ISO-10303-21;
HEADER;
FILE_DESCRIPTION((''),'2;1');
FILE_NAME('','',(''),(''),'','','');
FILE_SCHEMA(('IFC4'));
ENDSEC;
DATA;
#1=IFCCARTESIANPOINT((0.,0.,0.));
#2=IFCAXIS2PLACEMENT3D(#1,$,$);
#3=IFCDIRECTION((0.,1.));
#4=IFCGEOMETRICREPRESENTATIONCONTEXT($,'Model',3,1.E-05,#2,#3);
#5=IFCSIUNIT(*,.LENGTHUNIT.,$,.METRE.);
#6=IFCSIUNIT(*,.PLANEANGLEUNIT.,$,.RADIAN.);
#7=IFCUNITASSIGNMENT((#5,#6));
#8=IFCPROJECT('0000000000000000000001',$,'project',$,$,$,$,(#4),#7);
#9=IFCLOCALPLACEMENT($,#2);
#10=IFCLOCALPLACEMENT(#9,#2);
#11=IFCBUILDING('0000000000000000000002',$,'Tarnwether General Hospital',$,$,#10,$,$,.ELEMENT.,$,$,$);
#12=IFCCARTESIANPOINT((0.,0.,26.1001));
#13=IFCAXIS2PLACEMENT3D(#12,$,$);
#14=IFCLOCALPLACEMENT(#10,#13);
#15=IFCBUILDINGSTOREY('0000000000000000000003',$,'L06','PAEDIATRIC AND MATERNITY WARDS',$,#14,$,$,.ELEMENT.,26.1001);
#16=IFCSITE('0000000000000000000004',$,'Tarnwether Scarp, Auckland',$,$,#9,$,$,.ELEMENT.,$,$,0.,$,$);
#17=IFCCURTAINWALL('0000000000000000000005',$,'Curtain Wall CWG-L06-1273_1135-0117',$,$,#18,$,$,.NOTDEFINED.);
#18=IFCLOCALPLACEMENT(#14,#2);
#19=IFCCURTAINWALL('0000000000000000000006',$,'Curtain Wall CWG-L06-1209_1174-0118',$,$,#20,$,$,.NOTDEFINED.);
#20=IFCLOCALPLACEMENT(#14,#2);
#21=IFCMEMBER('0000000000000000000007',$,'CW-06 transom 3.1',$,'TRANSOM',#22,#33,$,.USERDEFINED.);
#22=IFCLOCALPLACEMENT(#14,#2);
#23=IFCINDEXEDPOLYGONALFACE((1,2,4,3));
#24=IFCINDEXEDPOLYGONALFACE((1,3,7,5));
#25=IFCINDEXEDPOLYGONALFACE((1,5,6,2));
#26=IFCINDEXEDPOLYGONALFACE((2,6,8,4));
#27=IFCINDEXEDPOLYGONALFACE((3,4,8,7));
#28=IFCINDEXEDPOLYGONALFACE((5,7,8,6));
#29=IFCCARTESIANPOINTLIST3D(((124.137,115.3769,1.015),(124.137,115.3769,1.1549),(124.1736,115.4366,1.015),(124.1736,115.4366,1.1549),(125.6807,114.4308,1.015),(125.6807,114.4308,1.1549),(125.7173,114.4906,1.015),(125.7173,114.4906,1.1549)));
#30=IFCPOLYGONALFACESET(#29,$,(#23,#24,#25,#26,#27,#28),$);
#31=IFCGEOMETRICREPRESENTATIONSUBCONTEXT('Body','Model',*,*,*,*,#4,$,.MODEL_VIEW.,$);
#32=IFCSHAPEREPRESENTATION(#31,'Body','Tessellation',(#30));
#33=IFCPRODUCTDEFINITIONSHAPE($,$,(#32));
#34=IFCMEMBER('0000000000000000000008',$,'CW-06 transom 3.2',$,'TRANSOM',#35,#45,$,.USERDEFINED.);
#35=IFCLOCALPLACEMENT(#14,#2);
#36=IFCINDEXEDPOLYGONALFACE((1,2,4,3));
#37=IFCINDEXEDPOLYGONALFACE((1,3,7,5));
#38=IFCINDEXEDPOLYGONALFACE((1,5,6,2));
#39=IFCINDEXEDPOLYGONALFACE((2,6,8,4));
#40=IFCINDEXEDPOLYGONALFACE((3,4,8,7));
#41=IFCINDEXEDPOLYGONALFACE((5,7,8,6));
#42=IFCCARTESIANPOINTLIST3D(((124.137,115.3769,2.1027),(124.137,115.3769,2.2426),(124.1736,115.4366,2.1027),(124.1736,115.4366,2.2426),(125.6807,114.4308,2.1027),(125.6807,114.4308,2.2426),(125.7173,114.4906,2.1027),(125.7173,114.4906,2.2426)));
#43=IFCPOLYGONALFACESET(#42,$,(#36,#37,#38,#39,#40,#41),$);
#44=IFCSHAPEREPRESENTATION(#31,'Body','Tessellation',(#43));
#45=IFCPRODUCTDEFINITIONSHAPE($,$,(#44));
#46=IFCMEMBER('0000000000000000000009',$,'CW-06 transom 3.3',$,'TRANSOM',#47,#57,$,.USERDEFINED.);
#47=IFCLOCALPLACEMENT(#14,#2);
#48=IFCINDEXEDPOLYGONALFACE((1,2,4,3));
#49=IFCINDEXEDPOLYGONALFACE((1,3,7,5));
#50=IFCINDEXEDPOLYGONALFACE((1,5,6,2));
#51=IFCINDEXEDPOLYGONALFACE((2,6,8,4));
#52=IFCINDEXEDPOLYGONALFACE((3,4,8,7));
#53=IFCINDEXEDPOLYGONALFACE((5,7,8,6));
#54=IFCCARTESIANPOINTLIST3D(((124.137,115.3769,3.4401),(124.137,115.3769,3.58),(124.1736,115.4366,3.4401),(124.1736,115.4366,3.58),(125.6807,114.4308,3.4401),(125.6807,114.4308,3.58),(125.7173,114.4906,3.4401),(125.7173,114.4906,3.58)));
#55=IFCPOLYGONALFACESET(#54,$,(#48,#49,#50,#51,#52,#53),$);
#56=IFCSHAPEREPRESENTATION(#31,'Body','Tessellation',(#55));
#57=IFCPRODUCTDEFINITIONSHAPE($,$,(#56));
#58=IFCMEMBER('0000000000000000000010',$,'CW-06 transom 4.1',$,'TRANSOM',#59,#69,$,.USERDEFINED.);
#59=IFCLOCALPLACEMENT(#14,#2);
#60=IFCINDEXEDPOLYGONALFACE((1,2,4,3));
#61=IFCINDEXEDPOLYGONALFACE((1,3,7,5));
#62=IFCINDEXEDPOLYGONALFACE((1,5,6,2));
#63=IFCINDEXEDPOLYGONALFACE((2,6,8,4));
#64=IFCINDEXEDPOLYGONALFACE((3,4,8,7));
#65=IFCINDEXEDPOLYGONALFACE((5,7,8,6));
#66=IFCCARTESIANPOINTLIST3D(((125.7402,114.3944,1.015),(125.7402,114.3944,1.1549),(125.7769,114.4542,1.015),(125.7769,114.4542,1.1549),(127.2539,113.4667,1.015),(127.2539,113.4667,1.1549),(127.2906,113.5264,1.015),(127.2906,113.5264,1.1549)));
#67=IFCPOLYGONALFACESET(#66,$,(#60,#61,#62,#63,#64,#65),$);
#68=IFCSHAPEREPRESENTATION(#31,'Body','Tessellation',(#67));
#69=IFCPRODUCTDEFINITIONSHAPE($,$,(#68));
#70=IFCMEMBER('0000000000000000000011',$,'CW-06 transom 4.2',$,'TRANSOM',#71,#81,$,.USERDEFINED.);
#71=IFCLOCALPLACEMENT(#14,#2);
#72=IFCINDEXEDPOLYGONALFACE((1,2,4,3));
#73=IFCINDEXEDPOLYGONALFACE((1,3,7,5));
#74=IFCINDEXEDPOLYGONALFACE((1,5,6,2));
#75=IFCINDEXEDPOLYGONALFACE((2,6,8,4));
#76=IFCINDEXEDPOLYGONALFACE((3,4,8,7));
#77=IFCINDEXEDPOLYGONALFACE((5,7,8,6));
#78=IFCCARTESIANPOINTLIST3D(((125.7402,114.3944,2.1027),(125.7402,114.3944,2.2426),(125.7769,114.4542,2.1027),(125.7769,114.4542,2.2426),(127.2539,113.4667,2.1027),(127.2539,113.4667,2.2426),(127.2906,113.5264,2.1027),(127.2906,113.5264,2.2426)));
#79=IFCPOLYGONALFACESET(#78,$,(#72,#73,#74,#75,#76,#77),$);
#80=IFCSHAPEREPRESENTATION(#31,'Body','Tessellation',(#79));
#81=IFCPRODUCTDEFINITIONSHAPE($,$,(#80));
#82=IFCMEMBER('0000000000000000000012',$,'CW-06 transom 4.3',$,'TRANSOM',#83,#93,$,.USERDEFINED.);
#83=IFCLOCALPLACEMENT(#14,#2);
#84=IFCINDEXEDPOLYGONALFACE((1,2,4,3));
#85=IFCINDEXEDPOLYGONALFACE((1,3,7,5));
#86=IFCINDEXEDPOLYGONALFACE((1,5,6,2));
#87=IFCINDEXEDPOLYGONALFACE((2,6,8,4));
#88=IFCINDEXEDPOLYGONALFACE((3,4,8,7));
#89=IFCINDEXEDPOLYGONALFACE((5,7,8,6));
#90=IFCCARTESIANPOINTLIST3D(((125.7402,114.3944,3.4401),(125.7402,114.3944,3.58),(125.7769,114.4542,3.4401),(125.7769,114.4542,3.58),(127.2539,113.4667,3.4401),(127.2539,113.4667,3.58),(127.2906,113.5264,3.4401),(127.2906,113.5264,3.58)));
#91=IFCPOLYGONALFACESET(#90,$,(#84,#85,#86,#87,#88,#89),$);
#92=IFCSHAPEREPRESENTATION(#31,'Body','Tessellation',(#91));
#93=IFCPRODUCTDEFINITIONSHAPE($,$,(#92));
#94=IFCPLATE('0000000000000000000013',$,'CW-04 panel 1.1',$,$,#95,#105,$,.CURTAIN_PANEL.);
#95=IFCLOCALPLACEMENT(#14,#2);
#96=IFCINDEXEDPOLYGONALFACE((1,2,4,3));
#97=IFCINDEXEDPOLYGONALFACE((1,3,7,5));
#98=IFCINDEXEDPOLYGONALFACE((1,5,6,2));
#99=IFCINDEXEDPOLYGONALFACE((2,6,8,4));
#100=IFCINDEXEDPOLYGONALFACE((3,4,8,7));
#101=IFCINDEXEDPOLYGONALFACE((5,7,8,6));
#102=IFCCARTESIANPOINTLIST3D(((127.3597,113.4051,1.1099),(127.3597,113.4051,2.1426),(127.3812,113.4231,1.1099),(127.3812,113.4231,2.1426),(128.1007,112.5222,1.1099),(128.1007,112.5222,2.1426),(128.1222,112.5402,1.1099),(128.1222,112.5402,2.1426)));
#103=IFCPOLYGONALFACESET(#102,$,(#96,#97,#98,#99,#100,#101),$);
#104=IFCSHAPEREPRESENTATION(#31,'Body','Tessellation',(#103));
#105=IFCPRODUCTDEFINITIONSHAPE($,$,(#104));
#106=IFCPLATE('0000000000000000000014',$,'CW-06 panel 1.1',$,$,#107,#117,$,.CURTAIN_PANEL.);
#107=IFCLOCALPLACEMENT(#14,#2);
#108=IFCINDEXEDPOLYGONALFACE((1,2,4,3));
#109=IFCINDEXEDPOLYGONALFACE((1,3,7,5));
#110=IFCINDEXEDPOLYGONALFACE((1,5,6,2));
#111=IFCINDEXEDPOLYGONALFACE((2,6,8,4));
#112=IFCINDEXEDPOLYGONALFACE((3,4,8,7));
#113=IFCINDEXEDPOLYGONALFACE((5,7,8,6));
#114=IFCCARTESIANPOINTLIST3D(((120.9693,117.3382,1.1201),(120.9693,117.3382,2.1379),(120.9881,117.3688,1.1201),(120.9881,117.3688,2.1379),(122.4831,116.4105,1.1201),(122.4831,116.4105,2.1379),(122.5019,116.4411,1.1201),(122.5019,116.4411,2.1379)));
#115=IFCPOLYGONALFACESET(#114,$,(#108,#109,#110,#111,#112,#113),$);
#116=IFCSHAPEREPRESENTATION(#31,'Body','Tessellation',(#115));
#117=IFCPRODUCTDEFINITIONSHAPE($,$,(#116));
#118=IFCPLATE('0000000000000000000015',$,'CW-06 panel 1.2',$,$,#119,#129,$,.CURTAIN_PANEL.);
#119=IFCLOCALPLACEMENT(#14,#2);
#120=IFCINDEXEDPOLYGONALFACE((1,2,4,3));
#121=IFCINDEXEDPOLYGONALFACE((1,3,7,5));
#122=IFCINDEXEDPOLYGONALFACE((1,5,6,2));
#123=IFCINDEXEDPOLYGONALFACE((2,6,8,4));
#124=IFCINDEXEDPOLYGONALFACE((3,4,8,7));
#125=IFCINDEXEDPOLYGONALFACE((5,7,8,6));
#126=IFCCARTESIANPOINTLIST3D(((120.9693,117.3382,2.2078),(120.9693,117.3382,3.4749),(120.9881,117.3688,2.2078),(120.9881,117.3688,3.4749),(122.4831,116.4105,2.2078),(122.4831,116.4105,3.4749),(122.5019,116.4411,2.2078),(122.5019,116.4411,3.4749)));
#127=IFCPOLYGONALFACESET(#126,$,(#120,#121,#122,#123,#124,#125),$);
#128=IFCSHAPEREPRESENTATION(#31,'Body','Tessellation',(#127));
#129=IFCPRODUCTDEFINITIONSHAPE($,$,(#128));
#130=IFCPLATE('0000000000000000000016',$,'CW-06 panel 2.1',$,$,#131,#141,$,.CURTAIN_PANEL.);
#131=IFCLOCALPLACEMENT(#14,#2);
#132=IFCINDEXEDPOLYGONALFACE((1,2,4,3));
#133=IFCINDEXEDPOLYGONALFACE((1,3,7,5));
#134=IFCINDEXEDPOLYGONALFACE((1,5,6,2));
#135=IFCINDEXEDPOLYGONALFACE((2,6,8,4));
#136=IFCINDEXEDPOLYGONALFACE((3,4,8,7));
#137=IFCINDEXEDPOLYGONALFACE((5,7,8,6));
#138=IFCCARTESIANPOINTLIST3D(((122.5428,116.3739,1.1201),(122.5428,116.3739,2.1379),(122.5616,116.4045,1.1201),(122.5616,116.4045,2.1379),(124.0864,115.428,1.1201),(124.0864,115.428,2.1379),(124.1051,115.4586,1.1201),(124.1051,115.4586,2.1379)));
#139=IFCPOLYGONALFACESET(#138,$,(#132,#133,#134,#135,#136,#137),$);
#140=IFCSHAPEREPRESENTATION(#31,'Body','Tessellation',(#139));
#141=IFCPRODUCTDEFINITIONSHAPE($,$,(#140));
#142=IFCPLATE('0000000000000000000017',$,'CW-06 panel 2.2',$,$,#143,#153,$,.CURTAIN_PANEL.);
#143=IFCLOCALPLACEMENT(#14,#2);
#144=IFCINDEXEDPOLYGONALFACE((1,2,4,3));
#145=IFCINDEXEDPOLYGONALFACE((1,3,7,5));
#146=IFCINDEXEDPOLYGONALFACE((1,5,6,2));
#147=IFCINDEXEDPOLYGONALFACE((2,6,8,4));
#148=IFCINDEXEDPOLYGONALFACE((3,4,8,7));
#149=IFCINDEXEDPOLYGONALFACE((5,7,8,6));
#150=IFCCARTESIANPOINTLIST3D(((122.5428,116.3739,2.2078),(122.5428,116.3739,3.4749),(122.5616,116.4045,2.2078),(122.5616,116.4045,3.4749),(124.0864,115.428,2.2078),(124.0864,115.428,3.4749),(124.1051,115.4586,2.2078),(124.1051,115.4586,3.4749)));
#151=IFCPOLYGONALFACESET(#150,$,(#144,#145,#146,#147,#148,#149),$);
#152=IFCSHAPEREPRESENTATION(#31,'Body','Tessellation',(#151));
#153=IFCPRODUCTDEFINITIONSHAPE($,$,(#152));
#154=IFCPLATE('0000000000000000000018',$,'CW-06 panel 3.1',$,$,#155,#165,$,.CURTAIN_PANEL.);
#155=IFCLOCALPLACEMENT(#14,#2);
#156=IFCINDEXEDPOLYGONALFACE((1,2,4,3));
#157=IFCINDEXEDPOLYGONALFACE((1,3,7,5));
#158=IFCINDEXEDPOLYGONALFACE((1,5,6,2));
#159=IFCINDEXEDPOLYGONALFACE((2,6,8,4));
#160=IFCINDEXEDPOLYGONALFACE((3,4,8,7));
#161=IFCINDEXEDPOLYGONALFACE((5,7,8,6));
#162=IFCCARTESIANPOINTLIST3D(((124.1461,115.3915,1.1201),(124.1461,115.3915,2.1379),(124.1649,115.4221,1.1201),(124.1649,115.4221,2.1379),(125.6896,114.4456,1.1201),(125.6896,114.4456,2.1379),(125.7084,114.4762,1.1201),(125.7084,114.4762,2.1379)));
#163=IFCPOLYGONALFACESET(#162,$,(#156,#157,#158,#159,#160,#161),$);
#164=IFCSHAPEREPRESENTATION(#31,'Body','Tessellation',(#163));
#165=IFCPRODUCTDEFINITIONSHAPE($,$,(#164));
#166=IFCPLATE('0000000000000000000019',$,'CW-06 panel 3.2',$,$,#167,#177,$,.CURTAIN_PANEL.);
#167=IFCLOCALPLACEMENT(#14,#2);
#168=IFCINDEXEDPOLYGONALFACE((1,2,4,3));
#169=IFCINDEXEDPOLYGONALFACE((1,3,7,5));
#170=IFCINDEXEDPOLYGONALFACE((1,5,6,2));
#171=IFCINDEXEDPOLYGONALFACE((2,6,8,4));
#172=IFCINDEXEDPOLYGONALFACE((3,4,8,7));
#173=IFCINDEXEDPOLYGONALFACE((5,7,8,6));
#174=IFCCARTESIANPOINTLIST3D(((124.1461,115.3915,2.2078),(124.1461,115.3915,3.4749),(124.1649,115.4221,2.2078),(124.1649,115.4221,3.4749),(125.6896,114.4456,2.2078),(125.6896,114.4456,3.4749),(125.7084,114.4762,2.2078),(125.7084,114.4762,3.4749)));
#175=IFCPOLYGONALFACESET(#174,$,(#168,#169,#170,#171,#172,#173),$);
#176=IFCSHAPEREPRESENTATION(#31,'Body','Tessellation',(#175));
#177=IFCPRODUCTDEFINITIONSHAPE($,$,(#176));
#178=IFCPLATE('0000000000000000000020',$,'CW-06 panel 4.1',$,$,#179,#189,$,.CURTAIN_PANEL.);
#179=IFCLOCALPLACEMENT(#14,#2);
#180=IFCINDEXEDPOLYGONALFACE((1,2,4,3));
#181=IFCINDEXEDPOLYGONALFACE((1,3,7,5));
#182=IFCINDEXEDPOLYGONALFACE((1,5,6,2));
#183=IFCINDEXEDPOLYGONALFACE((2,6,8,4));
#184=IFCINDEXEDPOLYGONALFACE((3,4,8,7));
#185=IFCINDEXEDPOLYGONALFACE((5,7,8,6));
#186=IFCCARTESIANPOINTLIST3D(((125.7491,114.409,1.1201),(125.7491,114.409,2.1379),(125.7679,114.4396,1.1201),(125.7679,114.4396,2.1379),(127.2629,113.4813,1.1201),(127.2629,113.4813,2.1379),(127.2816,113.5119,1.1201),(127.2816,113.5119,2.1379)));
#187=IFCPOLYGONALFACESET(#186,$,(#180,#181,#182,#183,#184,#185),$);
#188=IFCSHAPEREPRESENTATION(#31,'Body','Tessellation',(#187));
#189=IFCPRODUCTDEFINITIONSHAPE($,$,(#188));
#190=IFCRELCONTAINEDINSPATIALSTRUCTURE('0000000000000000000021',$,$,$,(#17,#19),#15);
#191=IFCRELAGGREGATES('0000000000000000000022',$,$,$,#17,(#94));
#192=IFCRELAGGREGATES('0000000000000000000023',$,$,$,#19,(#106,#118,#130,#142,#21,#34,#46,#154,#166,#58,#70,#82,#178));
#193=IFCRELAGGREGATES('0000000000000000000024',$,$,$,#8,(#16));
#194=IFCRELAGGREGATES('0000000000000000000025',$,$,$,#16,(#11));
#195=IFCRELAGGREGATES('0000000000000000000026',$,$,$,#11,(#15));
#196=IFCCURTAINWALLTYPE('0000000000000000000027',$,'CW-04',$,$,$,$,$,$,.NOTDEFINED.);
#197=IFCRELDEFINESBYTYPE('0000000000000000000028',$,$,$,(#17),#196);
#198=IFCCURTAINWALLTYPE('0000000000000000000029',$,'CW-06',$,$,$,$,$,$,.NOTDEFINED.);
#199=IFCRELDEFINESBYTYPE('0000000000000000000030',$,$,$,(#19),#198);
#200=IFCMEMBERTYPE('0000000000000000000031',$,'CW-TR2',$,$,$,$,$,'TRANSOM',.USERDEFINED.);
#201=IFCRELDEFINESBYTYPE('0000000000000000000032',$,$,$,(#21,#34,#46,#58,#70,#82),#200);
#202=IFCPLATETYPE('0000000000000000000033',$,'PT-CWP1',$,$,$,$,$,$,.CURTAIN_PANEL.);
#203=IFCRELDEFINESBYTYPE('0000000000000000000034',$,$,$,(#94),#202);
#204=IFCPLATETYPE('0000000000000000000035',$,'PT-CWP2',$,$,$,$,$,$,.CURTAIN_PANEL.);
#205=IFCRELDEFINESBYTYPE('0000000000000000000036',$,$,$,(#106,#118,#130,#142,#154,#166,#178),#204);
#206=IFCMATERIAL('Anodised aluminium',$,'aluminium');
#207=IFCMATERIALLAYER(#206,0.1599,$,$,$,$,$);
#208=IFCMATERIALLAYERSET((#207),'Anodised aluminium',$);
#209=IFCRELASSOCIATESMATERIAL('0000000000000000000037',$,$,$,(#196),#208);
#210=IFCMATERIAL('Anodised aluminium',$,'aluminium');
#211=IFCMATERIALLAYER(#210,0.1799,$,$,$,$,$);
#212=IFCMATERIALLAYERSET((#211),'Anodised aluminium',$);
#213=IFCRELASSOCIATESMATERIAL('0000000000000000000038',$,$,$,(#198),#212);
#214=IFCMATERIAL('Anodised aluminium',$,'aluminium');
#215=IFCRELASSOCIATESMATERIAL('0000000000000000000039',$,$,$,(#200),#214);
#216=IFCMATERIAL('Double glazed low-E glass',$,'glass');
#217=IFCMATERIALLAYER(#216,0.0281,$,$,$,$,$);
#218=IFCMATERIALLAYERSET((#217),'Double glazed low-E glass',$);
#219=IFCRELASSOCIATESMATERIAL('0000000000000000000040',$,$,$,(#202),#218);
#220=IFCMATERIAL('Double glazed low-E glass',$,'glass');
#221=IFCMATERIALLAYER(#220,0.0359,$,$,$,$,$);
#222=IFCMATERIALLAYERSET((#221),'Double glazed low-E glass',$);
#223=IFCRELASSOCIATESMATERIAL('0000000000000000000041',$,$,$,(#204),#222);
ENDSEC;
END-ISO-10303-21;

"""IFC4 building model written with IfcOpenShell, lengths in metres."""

from ifc_helpers import new_model, si_unit, direction, frame, origin, origin_2d, place, context, subcontext, project, spatial, rectangle, extrude, material, layer, layer_set, material_profile, profile_set, type_object, element, aggregate, save


model = new_model("IFC4")

# Units and contexts
model_context = context("Model", 3, precision=1e-05, world=origin(), true_north=direction((0.0, 1.0)))
body_context = subcontext(model_context, "Body", "Model", "MODEL_VIEW")
ifc_project = project(units=[si_unit("LENGTHUNIT", "METRE"), si_unit("PLANEANGLEUNIT", "RADIAN")], contexts=[model_context])

# Site, building, storey
site_placement = place(None, origin())
site = spatial("IfcSite", under=ifc_project, at=site_placement, Name="Tarnwether Scarp, Auckland", CompositionType="ELEMENT", RefElevation=0.0)
building_placement = place(site_placement, origin())
building = spatial("IfcBuilding", under=site, at=building_placement, Name="Tarnwether General Hospital", CompositionType="ELEMENT")
storey_placement = place(building_placement, frame((0.0, 0.0, 26.1001)))
storey = spatial("IfcBuildingStorey", under=building, at=storey_placement, Name="L06", Description="PAEDIATRIC AND MATERNITY WARDS", CompositionType="ELEMENT", Elevation=26.1001)

# Curtain wall
ifc_material_1 = material(Name="Anodised aluminium", Category="aluminium")
ifc_layer_1 = layer(ifc_material_1, 0.1599)
ifc_layer_set_1 = layer_set([ifc_layer_1], Name="Anodised aluminium")
curtain_wall_type_1 = type_object("IfcCurtainWallType", Name="CW-04", PredefinedType="NOTDEFINED", material=ifc_layer_set_1)
curtain_wall_1_placement = place(storey_placement, origin())
curtain_wall_1 = element("IfcCurtainWall", 1, at=curtain_wall_1_placement, inside=storey, type_object=curtain_wall_type_1, Name="Curtain Wall CWG-L06-1273_1135-0117", PredefinedType="NOTDEFINED")

# Curtain wall
ifc_material_2 = material(Name="Anodised aluminium", Category="aluminium")
ifc_layer_2 = layer(ifc_material_2, 0.1799)
ifc_layer_set_2 = layer_set([ifc_layer_2], Name="Anodised aluminium")
curtain_wall_type_2 = type_object("IfcCurtainWallType", Name="CW-06", PredefinedType="NOTDEFINED", material=ifc_layer_set_2)
curtain_wall_2_placement = place(storey_placement, origin())
curtain_wall_2 = element("IfcCurtainWall", 2, at=curtain_wall_2_placement, inside=storey, type_object=curtain_wall_type_2, Name="Curtain Wall CWG-L06-1209_1174-0118", PredefinedType="NOTDEFINED")

# Members
ifc_material_3 = material(Name="Anodised aluminium", Category="aluminium")
ifc_material_profile_1 = material_profile(ifc_material_3, rectangle(XDim=0.0701, YDim=0.1399, at=origin_2d()), Name="ALU-TRN-70x140")
ifc_profile_set_1 = profile_set([ifc_material_profile_1], Name="Anodised aluminium")
member_type_1 = type_object("IfcMemberType", Name="CW-TR2", ElementType="TRANSOM", PredefinedType="USERDEFINED", material=ifc_profile_set_1)
member_1_placement = place(storey_placement, frame((124.1553, 115.4067, 1.085), z_axis=(0.852625, -0.522524, 0.0), x_axis=(0.522524, 0.852625, 0.0)))
member_1 = element("IfcMember", 3, at=member_1_placement, type_object=member_type_1, Name="CW-06 transom 3.1", ObjectType="TRANSOM", PredefinedType="USERDEFINED", context=body_context, shape_type="SweptSolid", body=[
    extrude(rectangle(XDim=0.0701, YDim=0.1399, at=origin_2d()), origin(), (0.0, 0.0, 1.0), 1.8105),
])
member_2_placement = place(storey_placement, frame((124.1553, 115.4067, 2.1726), z_axis=(0.852625, -0.522524, 0.0), x_axis=(0.522524, 0.852625, 0.0)))
member_2 = element("IfcMember", 4, at=member_2_placement, type_object=member_type_1, Name="CW-06 transom 3.2", ObjectType="TRANSOM", PredefinedType="USERDEFINED", context=body_context, shape_type="SweptSolid", body=[
    extrude(rectangle(XDim=0.0701, YDim=0.1399, at=origin_2d()), origin(), (0.0, 0.0, 1.0), 1.8105),
])
member_3_placement = place(storey_placement, frame((124.1553, 115.4067, 3.51), z_axis=(0.852625, -0.522524, 0.0), x_axis=(0.522524, 0.852625, 0.0)))
member_3 = element("IfcMember", 5, at=member_3_placement, type_object=member_type_1, Name="CW-06 transom 3.3", ObjectType="TRANSOM", PredefinedType="USERDEFINED", context=body_context, shape_type="SweptSolid", body=[
    extrude(rectangle(XDim=0.0701, YDim=0.1399, at=origin_2d()), origin(), (0.0, 0.0, 1.0), 1.8105),
])
member_4_placement = place(storey_placement, frame((125.7585, 114.4243, 1.085), z_axis=(0.852601, -0.522562, 0.0), x_axis=(0.522562, 0.852601, 0.0)))
member_4 = element("IfcMember", 6, at=member_4_placement, type_object=member_type_1, Name="CW-06 transom 4.1", ObjectType="TRANSOM", PredefinedType="USERDEFINED", context=body_context, shape_type="SweptSolid", body=[
    extrude(rectangle(XDim=0.0701, YDim=0.1399, at=origin_2d()), origin(), (0.0, 0.0, 1.0), 1.7754),
])
member_5_placement = place(storey_placement, frame((125.7585, 114.4243, 2.1726), z_axis=(0.852601, -0.522562, 0.0), x_axis=(0.522562, 0.852601, 0.0)))
member_5 = element("IfcMember", 7, at=member_5_placement, type_object=member_type_1, Name="CW-06 transom 4.2", ObjectType="TRANSOM", PredefinedType="USERDEFINED", context=body_context, shape_type="SweptSolid", body=[
    extrude(rectangle(XDim=0.0701, YDim=0.1399, at=origin_2d()), origin(), (0.0, 0.0, 1.0), 1.7754),
])
member_6_placement = place(storey_placement, frame((125.7585, 114.4243, 3.51), z_axis=(0.852601, -0.522562, 0.0), x_axis=(0.522562, 0.852601, 0.0)))
member_6 = element("IfcMember", 8, at=member_6_placement, type_object=member_type_1, Name="CW-06 transom 4.3", ObjectType="TRANSOM", PredefinedType="USERDEFINED", context=body_context, shape_type="SweptSolid", body=[
    extrude(rectangle(XDim=0.0701, YDim=0.1399, at=origin_2d()), origin(), (0.0, 0.0, 1.0), 1.7754),
])

# Plates
ifc_material_4 = material(Name="Double glazed low-E glass", Category="glass")
ifc_layer_3 = layer(ifc_material_4, 0.0281)
ifc_layer_set_3 = layer_set([ifc_layer_3], Name="Double glazed low-E glass")
plate_type_1 = type_object("IfcPlateType", Name="PT-CWP1", PredefinedType="CURTAIN_PANEL", material=ifc_layer_set_3)
plate_1_placement = place(storey_placement, frame((127.741, 112.9727, 1.1099), z_axis=(0.0, 0.0, 1.0), x_axis=(0.642852, -0.76599, 0.0)))
plate_1 = element("IfcPlate", 9, at=plate_1_placement, type_object=plate_type_1, Name="CW-04 panel 1.1", PredefinedType="CURTAIN_PANEL", context=body_context, shape_type="SweptSolid", body=[
    extrude(rectangle(XDim=1.1526, YDim=0.0281, at=origin_2d()), origin(), (0.0, 0.0, 1.0), 1.0327),
])
aggregate(curtain_wall_1, [plate_1])
ifc_material_5 = material(Name="Double glazed low-E glass", Category="glass")
ifc_layer_4 = layer(ifc_material_5, 0.0359)
ifc_layer_set_4 = layer_set([ifc_layer_4], Name="Double glazed low-E glass")
plate_type_2 = type_object("IfcPlateType", Name="PT-CWP2", PredefinedType="CURTAIN_PANEL", material=ifc_layer_set_4)
plate_2_placement = place(storey_placement, frame((121.7356, 116.8896, 1.1201), z_axis=(0.0, 0.0, 1.0), x_axis=(0.852634, -0.522509, 0.0)))
plate_2 = element("IfcPlate", 10, at=plate_2_placement, type_object=plate_type_2, Name="CW-06 panel 1.1", PredefinedType="CURTAIN_PANEL", context=body_context, shape_type="SweptSolid", body=[
    extrude(rectangle(XDim=1.7754, YDim=0.0359, at=origin_2d()), origin(), (0.0, 0.0, 1.0), 1.0178),
])
plate_3_placement = place(storey_placement, frame((121.7356, 116.8896, 2.2078), z_axis=(0.0, 0.0, 1.0), x_axis=(0.852634, -0.522509, 0.0)))
plate_3 = element("IfcPlate", 11, at=plate_3_placement, type_object=plate_type_2, Name="CW-06 panel 1.2", PredefinedType="CURTAIN_PANEL", context=body_context, shape_type="SweptSolid", body=[
    extrude(rectangle(XDim=1.7754, YDim=0.0359, at=origin_2d()), origin(), (0.0, 0.0, 1.0), 1.2671),
])
plate_4_placement = place(storey_placement, frame((123.324, 115.9163, 1.1201), z_axis=(0.0, 0.0, 1.0), x_axis=(0.852634, -0.522509, 0.0)))
plate_4 = element("IfcPlate", 12, at=plate_4_placement, type_object=plate_type_2, Name="CW-06 panel 2.1", PredefinedType="CURTAIN_PANEL", context=body_context, shape_type="SweptSolid", body=[
    extrude(rectangle(XDim=1.8103, YDim=0.0359, at=origin_2d()), origin(), (0.0, 0.0, 1.0), 1.0178),
])
plate_5_placement = place(storey_placement, frame((123.324, 115.9163, 2.2078), z_axis=(0.0, 0.0, 1.0), x_axis=(0.852634, -0.522509, 0.0)))
plate_5 = element("IfcPlate", 13, at=plate_5_placement, type_object=plate_type_2, Name="CW-06 panel 2.2", PredefinedType="CURTAIN_PANEL", context=body_context, shape_type="SweptSolid", body=[
    extrude(rectangle(XDim=1.8103, YDim=0.0359, at=origin_2d()), origin(), (0.0, 0.0, 1.0), 1.2671),
])
plate_6_placement = place(storey_placement, frame((124.9272, 114.9338, 1.1201), z_axis=(0.0, 0.0, 1.0), x_axis=(0.852634, -0.522509, 0.0)))
plate_6 = element("IfcPlate", 14, at=plate_6_placement, type_object=plate_type_2, Name="CW-06 panel 3.1", PredefinedType="CURTAIN_PANEL", context=body_context, shape_type="SweptSolid", body=[
    extrude(rectangle(XDim=1.8103, YDim=0.0359, at=origin_2d()), origin(), (0.0, 0.0, 1.0), 1.0178),
])
plate_7_placement = place(storey_placement, frame((124.9272, 114.9338, 2.2078), z_axis=(0.0, 0.0, 1.0), x_axis=(0.852634, -0.522509, 0.0)))
plate_7 = element("IfcPlate", 15, at=plate_7_placement, type_object=plate_type_2, Name="CW-06 panel 3.2", PredefinedType="CURTAIN_PANEL", context=body_context, shape_type="SweptSolid", body=[
    extrude(rectangle(XDim=1.8103, YDim=0.0359, at=origin_2d()), origin(), (0.0, 0.0, 1.0), 1.2671),
])
plate_8_placement = place(storey_placement, frame((126.5154, 113.9604, 1.1201), z_axis=(0.0, 0.0, 1.0), x_axis=(0.852634, -0.522509, 0.0)))
plate_8 = element("IfcPlate", 16, at=plate_8_placement, type_object=plate_type_2, Name="CW-06 panel 4.1", PredefinedType="CURTAIN_PANEL", context=body_context, shape_type="SweptSolid", body=[
    extrude(rectangle(XDim=1.7754, YDim=0.0359, at=origin_2d()), origin(), (0.0, 0.0, 1.0), 1.0178),
])
aggregate(curtain_wall_2, [plate_2, plate_3, plate_4, plate_5, member_1, member_2, member_3, plate_6, plate_7, member_4, member_5, member_6, plate_8])

save(model, "model.ifc")
